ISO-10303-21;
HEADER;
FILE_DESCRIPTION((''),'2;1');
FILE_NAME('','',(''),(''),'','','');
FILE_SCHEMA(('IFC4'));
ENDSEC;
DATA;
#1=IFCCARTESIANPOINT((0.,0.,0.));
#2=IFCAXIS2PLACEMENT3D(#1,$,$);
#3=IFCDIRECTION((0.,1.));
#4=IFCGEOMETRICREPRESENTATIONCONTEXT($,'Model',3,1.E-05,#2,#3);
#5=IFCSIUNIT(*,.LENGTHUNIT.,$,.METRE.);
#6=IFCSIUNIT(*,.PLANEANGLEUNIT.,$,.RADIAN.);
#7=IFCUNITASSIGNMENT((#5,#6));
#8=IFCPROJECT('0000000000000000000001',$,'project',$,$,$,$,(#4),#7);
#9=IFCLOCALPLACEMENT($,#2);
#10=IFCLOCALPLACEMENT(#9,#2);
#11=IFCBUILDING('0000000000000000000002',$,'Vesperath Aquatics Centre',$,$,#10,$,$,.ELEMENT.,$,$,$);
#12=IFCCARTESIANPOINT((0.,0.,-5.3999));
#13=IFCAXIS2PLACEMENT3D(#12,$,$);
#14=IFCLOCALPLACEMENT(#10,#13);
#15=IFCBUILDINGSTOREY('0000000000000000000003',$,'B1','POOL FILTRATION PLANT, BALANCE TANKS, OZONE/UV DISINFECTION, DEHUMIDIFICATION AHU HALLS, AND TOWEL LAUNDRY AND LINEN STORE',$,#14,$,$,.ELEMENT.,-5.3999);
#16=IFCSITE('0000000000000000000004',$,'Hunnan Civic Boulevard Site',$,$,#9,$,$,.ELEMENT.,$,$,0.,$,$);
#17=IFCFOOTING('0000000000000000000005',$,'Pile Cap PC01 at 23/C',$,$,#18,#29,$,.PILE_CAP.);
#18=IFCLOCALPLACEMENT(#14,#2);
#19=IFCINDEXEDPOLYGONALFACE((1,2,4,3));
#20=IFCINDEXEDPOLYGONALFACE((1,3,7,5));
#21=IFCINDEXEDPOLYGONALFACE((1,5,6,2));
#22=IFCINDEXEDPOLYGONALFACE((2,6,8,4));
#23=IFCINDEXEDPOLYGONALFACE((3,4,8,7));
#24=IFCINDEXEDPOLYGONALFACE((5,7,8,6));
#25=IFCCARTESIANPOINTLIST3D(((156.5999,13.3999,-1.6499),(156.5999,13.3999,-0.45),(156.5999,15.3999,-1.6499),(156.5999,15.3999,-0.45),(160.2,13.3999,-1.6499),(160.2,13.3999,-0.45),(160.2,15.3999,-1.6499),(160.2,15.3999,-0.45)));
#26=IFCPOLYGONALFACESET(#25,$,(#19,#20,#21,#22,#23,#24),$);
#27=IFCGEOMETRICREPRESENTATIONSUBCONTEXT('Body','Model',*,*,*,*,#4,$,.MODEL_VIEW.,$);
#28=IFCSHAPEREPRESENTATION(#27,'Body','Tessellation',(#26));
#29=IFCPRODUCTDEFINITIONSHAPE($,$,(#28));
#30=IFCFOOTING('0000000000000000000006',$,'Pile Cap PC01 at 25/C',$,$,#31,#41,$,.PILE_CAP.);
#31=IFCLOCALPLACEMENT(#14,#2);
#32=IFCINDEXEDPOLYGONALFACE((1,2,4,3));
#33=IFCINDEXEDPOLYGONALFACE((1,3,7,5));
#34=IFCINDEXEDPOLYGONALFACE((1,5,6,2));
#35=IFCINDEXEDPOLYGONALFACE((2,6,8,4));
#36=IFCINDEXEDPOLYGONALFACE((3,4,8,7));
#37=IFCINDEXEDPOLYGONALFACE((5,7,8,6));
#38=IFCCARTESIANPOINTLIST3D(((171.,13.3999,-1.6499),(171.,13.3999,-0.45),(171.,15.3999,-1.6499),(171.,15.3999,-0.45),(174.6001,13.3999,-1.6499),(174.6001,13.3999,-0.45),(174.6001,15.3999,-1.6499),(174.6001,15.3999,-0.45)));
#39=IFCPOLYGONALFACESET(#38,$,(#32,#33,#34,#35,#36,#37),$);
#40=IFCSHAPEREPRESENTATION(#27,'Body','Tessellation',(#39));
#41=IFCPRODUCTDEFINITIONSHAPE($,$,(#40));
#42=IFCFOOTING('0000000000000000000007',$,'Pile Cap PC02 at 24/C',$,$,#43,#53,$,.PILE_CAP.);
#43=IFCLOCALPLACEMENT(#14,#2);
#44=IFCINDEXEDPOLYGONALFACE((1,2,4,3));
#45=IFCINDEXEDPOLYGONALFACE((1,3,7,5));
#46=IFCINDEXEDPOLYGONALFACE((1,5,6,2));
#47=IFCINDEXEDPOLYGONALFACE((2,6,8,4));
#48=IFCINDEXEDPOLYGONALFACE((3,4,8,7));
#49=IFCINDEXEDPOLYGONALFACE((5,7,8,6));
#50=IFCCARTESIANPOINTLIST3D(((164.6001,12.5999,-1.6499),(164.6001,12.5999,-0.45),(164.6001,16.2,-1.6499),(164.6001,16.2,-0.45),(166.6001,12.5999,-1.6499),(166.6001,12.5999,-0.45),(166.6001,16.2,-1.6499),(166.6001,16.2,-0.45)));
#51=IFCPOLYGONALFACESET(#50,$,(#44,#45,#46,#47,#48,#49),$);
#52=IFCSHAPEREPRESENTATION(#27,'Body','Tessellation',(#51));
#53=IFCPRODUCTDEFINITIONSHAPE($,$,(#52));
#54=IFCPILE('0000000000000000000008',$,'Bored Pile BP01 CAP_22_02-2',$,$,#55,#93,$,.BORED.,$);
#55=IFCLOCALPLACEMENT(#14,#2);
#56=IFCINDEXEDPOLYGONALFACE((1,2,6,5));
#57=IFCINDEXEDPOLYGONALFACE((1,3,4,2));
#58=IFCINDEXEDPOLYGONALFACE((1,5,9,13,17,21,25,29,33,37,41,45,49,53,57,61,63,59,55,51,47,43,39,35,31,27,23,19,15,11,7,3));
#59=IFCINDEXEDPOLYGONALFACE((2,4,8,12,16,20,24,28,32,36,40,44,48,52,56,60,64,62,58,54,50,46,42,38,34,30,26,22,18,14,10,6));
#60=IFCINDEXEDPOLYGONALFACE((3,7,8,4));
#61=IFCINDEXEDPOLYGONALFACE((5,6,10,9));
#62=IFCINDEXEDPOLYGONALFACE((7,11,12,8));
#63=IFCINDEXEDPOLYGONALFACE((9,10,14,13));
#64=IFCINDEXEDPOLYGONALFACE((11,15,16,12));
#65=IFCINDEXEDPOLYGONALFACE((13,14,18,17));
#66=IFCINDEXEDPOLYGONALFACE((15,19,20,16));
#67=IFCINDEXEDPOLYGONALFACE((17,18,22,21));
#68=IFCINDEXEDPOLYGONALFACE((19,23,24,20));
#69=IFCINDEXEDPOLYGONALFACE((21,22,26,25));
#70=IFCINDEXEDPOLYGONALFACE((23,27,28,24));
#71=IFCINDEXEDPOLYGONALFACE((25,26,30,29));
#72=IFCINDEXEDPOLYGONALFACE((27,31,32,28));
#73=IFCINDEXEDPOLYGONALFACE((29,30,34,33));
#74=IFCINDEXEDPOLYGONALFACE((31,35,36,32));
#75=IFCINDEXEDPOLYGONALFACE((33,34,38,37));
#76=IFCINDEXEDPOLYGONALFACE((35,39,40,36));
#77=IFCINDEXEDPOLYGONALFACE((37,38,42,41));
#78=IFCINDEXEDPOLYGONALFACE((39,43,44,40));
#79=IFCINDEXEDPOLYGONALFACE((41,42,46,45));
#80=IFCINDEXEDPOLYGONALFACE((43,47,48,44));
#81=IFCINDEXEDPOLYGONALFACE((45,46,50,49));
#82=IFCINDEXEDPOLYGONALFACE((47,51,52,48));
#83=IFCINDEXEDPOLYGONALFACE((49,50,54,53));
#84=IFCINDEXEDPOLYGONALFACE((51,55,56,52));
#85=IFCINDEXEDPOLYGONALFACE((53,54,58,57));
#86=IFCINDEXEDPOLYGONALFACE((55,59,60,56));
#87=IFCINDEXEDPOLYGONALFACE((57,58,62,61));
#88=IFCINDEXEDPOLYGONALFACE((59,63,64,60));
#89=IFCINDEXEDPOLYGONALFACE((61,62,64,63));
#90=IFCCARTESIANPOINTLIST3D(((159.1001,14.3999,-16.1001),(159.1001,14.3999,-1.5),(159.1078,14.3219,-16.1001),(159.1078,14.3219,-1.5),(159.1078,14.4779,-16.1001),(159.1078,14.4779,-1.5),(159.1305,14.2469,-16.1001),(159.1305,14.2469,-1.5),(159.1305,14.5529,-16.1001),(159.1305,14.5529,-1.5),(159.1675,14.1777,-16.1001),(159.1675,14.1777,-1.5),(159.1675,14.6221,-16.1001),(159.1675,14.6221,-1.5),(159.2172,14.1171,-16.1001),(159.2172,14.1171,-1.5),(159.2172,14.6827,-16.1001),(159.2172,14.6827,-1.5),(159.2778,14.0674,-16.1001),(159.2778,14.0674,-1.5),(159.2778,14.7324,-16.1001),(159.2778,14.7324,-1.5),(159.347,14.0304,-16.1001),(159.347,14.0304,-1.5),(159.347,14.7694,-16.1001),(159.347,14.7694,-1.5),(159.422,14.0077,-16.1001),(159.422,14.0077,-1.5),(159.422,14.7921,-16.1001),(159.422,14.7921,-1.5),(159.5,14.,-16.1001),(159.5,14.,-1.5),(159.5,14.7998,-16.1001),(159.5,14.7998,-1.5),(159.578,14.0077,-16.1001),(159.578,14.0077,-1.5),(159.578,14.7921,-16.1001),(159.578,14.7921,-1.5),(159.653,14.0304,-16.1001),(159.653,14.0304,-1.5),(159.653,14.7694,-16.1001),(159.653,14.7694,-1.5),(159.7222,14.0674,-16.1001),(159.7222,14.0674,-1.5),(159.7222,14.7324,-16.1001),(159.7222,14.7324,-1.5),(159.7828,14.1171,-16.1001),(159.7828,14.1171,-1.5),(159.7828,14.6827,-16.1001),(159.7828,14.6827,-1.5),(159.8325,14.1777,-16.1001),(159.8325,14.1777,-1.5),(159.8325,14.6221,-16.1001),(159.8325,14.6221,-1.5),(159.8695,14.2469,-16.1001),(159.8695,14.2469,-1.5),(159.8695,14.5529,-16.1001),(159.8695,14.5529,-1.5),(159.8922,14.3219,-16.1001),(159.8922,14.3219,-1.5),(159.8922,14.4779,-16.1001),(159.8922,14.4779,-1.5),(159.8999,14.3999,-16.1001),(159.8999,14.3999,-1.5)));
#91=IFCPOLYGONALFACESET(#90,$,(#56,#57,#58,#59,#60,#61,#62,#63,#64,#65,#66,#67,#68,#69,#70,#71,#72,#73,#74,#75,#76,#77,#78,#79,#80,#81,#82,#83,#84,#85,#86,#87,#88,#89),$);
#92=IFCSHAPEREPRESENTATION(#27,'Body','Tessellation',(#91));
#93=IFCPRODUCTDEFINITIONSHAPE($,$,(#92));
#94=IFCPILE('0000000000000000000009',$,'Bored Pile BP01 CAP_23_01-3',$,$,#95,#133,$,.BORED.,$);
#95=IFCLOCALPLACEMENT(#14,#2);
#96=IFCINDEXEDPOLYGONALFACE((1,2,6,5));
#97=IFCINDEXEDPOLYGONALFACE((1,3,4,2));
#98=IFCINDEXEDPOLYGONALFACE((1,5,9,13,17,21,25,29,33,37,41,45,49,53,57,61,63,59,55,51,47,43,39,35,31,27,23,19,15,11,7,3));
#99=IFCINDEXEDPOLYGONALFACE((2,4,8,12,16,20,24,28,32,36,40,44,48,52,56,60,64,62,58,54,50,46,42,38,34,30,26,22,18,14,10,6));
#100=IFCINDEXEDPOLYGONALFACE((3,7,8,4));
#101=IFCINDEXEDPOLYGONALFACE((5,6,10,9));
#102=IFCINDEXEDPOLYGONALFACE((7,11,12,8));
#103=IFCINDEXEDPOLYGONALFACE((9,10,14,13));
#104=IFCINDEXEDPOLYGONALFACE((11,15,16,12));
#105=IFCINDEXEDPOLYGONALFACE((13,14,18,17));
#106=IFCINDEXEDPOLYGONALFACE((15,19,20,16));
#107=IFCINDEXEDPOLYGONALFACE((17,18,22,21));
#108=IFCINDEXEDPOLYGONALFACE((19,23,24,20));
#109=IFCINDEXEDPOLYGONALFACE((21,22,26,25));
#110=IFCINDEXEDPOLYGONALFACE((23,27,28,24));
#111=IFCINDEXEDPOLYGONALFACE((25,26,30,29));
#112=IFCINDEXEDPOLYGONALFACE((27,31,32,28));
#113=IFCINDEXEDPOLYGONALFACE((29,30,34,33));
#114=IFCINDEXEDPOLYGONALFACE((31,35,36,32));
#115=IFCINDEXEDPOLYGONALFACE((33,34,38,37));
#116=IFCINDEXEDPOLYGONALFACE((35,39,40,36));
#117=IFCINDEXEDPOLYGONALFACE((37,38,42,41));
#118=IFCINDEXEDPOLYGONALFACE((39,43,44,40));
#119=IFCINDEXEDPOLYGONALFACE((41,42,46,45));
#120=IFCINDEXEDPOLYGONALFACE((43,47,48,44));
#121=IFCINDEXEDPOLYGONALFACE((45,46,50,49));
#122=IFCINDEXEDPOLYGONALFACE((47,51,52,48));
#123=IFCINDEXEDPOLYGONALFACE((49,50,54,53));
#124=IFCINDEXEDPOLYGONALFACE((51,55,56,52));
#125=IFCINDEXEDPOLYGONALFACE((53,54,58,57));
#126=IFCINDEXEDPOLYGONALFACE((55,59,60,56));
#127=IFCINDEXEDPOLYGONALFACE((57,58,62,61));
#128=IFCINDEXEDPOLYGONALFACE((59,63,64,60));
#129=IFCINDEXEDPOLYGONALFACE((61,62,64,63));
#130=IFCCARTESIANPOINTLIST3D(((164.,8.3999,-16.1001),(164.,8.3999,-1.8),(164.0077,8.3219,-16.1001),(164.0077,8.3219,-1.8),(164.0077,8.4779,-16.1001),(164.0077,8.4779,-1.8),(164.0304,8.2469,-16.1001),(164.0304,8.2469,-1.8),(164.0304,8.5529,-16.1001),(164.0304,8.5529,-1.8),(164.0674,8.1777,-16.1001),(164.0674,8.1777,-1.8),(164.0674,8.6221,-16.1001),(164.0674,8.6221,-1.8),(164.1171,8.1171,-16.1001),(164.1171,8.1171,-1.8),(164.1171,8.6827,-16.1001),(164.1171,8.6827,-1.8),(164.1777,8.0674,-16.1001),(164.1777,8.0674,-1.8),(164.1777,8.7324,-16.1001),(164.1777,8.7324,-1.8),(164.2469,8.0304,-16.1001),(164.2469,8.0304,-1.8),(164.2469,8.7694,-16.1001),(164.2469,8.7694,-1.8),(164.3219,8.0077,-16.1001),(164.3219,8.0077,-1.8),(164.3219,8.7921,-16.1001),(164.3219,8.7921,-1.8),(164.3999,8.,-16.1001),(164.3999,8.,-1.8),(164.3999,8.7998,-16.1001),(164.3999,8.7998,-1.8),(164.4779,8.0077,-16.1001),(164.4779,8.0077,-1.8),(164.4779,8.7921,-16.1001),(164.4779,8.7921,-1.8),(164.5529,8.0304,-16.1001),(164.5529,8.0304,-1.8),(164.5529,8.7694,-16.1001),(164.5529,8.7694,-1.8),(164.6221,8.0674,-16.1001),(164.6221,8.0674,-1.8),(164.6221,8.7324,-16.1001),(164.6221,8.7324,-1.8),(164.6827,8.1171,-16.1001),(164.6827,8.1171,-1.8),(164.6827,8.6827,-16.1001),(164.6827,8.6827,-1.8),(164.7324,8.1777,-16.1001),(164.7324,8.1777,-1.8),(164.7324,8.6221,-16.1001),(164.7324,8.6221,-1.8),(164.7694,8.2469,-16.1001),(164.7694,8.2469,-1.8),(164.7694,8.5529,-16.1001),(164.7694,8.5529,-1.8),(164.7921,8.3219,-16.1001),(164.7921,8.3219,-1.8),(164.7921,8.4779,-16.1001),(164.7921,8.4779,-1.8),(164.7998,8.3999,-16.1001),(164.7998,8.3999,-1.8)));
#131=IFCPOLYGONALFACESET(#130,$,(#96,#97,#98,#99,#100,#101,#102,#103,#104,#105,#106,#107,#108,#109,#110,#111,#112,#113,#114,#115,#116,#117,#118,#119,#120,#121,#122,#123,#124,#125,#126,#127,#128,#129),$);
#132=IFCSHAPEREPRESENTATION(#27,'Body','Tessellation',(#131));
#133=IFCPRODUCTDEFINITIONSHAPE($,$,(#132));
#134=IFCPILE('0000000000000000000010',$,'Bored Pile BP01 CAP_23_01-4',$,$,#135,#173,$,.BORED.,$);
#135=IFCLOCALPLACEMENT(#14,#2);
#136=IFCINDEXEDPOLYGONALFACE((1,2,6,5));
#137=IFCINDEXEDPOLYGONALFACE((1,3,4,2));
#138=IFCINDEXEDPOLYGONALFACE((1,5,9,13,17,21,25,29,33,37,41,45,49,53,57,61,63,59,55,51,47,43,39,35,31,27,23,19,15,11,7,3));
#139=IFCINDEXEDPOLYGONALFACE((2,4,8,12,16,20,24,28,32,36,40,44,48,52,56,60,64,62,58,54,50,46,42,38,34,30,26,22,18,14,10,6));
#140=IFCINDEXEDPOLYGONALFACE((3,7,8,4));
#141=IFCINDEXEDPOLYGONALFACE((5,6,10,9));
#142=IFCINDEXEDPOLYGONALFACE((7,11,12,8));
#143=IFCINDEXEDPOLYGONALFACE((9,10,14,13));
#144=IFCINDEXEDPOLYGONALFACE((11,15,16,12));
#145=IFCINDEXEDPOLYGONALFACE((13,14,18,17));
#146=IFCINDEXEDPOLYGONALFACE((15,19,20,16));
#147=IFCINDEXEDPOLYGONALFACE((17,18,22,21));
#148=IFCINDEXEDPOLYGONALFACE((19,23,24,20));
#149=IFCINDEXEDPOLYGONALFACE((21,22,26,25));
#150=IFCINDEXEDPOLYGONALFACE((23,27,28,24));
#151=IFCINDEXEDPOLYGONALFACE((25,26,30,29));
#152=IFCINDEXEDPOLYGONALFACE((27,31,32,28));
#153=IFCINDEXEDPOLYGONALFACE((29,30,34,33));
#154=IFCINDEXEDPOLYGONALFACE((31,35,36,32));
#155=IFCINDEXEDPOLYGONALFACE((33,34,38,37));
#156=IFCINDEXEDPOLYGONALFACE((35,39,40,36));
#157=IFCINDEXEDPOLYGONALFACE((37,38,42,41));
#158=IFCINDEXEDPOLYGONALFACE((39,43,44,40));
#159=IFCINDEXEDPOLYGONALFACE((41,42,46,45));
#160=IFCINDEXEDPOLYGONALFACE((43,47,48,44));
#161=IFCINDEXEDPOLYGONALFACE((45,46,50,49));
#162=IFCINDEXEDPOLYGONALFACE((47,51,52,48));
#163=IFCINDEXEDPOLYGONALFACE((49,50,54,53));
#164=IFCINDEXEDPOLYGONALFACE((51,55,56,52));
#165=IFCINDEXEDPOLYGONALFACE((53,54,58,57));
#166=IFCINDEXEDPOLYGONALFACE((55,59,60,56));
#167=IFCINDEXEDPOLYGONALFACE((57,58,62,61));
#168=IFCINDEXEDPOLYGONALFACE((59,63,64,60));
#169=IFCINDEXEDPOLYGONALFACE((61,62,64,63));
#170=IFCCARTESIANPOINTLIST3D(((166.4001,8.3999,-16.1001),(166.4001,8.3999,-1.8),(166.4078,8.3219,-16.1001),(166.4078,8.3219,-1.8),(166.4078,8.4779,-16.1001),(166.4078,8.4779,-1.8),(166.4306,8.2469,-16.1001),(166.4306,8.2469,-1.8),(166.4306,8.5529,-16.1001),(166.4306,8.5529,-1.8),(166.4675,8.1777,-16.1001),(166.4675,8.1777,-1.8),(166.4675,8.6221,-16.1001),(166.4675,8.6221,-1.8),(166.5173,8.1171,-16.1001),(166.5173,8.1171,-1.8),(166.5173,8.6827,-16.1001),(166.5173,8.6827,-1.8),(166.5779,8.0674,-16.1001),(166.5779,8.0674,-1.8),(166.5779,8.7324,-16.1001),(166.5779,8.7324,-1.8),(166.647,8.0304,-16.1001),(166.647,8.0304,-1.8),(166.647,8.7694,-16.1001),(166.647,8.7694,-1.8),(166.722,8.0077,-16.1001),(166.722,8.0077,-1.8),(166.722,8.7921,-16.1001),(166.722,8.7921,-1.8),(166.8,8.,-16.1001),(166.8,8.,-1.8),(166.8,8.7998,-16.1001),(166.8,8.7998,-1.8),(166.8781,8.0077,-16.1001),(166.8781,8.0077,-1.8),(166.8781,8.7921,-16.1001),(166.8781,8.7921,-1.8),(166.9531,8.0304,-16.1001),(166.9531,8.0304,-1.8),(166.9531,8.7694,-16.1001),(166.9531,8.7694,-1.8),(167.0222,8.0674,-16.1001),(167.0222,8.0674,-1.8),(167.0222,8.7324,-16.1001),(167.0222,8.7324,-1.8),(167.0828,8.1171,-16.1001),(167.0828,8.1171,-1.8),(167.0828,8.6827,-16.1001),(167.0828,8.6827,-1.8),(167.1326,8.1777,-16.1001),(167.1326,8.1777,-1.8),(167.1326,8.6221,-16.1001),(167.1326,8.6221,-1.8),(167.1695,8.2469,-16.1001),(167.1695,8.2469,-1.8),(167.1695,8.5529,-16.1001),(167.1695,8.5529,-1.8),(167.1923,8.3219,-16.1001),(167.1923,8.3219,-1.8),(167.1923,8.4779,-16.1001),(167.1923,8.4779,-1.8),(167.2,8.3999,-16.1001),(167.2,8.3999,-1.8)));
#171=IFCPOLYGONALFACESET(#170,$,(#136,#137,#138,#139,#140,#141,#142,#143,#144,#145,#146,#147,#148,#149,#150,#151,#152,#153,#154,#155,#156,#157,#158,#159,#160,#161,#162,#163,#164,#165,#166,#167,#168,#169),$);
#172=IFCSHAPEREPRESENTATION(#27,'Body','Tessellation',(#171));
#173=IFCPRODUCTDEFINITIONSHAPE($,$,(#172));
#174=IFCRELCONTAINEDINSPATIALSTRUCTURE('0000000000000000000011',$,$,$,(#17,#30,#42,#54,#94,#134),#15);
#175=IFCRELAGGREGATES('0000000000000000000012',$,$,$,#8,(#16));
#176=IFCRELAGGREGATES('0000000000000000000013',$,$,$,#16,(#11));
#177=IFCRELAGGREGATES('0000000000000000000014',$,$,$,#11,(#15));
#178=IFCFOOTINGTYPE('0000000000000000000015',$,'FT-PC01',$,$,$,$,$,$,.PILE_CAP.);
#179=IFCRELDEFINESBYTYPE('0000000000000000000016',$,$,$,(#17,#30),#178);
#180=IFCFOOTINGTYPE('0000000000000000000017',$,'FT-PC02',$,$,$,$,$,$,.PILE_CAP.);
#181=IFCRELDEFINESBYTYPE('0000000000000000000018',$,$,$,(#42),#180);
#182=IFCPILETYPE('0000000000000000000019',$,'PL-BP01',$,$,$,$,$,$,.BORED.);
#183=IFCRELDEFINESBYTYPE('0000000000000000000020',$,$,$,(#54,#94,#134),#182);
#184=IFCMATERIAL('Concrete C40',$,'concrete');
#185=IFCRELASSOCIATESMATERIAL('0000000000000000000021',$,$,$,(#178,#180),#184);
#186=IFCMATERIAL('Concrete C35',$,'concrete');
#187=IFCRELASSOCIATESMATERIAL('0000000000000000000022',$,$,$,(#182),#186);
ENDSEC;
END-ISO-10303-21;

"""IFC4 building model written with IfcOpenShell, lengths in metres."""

from ifc_helpers import new_model, si_unit, direction, frame, origin, origin_2d, place, context, subcontext, project, spatial, rectangle, circle, extrude, material, material_profile, profile_set, type_object, element, save


model = new_model("IFC4")

# Units and contexts
model_context = context("Model", 3, precision=1e-05, world=origin(), true_north=direction((0.0, 1.0)))
body_context = subcontext(model_context, "Body", "Model", "MODEL_VIEW")
ifc_project = project(units=[si_unit("LENGTHUNIT", "METRE"), si_unit("PLANEANGLEUNIT", "RADIAN")], contexts=[model_context])

# Site, building, storey
site_placement = place(None, origin())
site = spatial("IfcSite", under=ifc_project, at=site_placement, Name="Hunnan Civic Boulevard Site", CompositionType="ELEMENT", RefElevation=0.0)
building_placement = place(site_placement, origin())
building = spatial("IfcBuilding", under=site, at=building_placement, Name="Vesperath Aquatics Centre", CompositionType="ELEMENT")
storey_placement = place(building_placement, frame((0.0, 0.0, -5.3999)))
storey = spatial("IfcBuildingStorey", under=building, at=storey_placement, Name="B1", Description="POOL FILTRATION PLANT, BALANCE TANKS, OZONE/UV DISINFECTION, DEHUMIDIFICATION AHU HALLS, AND TOWEL LAUNDRY AND LINEN STORE", CompositionType="ELEMENT", Elevation=-5.3999)

# Footings
ifc_material_1 = material(Name="Concrete C40", Category="concrete")
footing_type_1 = type_object("IfcFootingType", Name="FT-PC01", PredefinedType="PILE_CAP", material=ifc_material_1)
for number, where, z_axis, x_axis, name in (
    (1, (158.3999, 14.3999, -1.6499), (0.0, 0.0, 1.0), (1.0, 0.0, 0.0), "Pile Cap PC01 at 23/C"),
    (2, (172.8, 14.3999, -1.6499), (0.0, 0.0, 1.0), (1.0, 0.0, 0.0), "Pile Cap PC01 at 25/C"),
):
    element("IfcFooting", number, at=place(storey_placement, frame(where, z_axis=z_axis, x_axis=x_axis)), inside=storey, type_object=footing_type_1, Name=name, PredefinedType="PILE_CAP", context=body_context, shape_type="SweptSolid", body=[
        extrude(rectangle(XDim=3.6001, YDim=2.0, at=origin_2d()), origin(), (0.0, 0.0, 1.0), 1.2),
    ])
footing_type_2 = type_object("IfcFootingType", Name="FT-PC02", PredefinedType="PILE_CAP", material=ifc_material_1)
footing_placement = place(storey_placement, frame((165.6001, 14.3999, -1.6499), z_axis=(0.0, 0.0, 1.0), x_axis=(1.0, 0.0, 0.0)))
element("IfcFooting", 3, at=footing_placement, inside=storey, type_object=footing_type_2, Name="Pile Cap PC02 at 24/C", PredefinedType="PILE_CAP", context=body_context, shape_type="SweptSolid", body=[
    extrude(rectangle(XDim=2.0, YDim=3.6001, at=origin_2d()), origin(), (0.0, 0.0, 1.0), 1.2),
])

# Piles
ifc_material_2 = material(Name="Concrete C35", Category="concrete")
ifc_material_profile_1 = material_profile(ifc_material_2, circle(Radius=0.3999, at=origin_2d()), Name="PILE D800")
ifc_profile_set_1 = profile_set([ifc_material_profile_1], Name="Concrete C35")
pile_type = type_object("IfcPileType", Name="PL-BP01", PredefinedType="BORED", material=ifc_profile_set_1)
pile_placement = place(storey_placement, frame((159.5, 14.3999, -1.5), z_axis=(0.0, 0.0, -1.0), x_axis=(1.0, 0.0, 0.0)))
element("IfcPile", 4, at=pile_placement, inside=storey, type_object=pile_type, Name="Bored Pile BP01 CAP_22_02-2", PredefinedType="BORED", context=body_context, shape_type="SweptSolid", body=[
    extrude(circle(Radius=0.3999, at=origin_2d()), origin(), (0.0, 0.0, 1.0), 14.6001),
])
for number, where, z_axis, x_axis, name in (
    (5, (164.3999, 8.3999, -1.8), (0.0, 0.0, -1.0), (1.0, 0.0, 0.0), "Bored Pile BP01 CAP_23_01-3"),
    (6, (166.8, 8.3999, -1.8), (0.0, 0.0, -1.0), (1.0, 0.0, 0.0), "Bored Pile BP01 CAP_23_01-4"),
):
    element("IfcPile", number, at=place(storey_placement, frame(where, z_axis=z_axis, x_axis=x_axis)), inside=storey, type_object=pile_type, Name=name, PredefinedType="BORED", context=body_context, shape_type="SweptSolid", body=[
        extrude(circle(Radius=0.3999, at=origin_2d()), origin(), (0.0, 0.0, 1.0), 14.3),
    ])

save(model, "model.ifc")
